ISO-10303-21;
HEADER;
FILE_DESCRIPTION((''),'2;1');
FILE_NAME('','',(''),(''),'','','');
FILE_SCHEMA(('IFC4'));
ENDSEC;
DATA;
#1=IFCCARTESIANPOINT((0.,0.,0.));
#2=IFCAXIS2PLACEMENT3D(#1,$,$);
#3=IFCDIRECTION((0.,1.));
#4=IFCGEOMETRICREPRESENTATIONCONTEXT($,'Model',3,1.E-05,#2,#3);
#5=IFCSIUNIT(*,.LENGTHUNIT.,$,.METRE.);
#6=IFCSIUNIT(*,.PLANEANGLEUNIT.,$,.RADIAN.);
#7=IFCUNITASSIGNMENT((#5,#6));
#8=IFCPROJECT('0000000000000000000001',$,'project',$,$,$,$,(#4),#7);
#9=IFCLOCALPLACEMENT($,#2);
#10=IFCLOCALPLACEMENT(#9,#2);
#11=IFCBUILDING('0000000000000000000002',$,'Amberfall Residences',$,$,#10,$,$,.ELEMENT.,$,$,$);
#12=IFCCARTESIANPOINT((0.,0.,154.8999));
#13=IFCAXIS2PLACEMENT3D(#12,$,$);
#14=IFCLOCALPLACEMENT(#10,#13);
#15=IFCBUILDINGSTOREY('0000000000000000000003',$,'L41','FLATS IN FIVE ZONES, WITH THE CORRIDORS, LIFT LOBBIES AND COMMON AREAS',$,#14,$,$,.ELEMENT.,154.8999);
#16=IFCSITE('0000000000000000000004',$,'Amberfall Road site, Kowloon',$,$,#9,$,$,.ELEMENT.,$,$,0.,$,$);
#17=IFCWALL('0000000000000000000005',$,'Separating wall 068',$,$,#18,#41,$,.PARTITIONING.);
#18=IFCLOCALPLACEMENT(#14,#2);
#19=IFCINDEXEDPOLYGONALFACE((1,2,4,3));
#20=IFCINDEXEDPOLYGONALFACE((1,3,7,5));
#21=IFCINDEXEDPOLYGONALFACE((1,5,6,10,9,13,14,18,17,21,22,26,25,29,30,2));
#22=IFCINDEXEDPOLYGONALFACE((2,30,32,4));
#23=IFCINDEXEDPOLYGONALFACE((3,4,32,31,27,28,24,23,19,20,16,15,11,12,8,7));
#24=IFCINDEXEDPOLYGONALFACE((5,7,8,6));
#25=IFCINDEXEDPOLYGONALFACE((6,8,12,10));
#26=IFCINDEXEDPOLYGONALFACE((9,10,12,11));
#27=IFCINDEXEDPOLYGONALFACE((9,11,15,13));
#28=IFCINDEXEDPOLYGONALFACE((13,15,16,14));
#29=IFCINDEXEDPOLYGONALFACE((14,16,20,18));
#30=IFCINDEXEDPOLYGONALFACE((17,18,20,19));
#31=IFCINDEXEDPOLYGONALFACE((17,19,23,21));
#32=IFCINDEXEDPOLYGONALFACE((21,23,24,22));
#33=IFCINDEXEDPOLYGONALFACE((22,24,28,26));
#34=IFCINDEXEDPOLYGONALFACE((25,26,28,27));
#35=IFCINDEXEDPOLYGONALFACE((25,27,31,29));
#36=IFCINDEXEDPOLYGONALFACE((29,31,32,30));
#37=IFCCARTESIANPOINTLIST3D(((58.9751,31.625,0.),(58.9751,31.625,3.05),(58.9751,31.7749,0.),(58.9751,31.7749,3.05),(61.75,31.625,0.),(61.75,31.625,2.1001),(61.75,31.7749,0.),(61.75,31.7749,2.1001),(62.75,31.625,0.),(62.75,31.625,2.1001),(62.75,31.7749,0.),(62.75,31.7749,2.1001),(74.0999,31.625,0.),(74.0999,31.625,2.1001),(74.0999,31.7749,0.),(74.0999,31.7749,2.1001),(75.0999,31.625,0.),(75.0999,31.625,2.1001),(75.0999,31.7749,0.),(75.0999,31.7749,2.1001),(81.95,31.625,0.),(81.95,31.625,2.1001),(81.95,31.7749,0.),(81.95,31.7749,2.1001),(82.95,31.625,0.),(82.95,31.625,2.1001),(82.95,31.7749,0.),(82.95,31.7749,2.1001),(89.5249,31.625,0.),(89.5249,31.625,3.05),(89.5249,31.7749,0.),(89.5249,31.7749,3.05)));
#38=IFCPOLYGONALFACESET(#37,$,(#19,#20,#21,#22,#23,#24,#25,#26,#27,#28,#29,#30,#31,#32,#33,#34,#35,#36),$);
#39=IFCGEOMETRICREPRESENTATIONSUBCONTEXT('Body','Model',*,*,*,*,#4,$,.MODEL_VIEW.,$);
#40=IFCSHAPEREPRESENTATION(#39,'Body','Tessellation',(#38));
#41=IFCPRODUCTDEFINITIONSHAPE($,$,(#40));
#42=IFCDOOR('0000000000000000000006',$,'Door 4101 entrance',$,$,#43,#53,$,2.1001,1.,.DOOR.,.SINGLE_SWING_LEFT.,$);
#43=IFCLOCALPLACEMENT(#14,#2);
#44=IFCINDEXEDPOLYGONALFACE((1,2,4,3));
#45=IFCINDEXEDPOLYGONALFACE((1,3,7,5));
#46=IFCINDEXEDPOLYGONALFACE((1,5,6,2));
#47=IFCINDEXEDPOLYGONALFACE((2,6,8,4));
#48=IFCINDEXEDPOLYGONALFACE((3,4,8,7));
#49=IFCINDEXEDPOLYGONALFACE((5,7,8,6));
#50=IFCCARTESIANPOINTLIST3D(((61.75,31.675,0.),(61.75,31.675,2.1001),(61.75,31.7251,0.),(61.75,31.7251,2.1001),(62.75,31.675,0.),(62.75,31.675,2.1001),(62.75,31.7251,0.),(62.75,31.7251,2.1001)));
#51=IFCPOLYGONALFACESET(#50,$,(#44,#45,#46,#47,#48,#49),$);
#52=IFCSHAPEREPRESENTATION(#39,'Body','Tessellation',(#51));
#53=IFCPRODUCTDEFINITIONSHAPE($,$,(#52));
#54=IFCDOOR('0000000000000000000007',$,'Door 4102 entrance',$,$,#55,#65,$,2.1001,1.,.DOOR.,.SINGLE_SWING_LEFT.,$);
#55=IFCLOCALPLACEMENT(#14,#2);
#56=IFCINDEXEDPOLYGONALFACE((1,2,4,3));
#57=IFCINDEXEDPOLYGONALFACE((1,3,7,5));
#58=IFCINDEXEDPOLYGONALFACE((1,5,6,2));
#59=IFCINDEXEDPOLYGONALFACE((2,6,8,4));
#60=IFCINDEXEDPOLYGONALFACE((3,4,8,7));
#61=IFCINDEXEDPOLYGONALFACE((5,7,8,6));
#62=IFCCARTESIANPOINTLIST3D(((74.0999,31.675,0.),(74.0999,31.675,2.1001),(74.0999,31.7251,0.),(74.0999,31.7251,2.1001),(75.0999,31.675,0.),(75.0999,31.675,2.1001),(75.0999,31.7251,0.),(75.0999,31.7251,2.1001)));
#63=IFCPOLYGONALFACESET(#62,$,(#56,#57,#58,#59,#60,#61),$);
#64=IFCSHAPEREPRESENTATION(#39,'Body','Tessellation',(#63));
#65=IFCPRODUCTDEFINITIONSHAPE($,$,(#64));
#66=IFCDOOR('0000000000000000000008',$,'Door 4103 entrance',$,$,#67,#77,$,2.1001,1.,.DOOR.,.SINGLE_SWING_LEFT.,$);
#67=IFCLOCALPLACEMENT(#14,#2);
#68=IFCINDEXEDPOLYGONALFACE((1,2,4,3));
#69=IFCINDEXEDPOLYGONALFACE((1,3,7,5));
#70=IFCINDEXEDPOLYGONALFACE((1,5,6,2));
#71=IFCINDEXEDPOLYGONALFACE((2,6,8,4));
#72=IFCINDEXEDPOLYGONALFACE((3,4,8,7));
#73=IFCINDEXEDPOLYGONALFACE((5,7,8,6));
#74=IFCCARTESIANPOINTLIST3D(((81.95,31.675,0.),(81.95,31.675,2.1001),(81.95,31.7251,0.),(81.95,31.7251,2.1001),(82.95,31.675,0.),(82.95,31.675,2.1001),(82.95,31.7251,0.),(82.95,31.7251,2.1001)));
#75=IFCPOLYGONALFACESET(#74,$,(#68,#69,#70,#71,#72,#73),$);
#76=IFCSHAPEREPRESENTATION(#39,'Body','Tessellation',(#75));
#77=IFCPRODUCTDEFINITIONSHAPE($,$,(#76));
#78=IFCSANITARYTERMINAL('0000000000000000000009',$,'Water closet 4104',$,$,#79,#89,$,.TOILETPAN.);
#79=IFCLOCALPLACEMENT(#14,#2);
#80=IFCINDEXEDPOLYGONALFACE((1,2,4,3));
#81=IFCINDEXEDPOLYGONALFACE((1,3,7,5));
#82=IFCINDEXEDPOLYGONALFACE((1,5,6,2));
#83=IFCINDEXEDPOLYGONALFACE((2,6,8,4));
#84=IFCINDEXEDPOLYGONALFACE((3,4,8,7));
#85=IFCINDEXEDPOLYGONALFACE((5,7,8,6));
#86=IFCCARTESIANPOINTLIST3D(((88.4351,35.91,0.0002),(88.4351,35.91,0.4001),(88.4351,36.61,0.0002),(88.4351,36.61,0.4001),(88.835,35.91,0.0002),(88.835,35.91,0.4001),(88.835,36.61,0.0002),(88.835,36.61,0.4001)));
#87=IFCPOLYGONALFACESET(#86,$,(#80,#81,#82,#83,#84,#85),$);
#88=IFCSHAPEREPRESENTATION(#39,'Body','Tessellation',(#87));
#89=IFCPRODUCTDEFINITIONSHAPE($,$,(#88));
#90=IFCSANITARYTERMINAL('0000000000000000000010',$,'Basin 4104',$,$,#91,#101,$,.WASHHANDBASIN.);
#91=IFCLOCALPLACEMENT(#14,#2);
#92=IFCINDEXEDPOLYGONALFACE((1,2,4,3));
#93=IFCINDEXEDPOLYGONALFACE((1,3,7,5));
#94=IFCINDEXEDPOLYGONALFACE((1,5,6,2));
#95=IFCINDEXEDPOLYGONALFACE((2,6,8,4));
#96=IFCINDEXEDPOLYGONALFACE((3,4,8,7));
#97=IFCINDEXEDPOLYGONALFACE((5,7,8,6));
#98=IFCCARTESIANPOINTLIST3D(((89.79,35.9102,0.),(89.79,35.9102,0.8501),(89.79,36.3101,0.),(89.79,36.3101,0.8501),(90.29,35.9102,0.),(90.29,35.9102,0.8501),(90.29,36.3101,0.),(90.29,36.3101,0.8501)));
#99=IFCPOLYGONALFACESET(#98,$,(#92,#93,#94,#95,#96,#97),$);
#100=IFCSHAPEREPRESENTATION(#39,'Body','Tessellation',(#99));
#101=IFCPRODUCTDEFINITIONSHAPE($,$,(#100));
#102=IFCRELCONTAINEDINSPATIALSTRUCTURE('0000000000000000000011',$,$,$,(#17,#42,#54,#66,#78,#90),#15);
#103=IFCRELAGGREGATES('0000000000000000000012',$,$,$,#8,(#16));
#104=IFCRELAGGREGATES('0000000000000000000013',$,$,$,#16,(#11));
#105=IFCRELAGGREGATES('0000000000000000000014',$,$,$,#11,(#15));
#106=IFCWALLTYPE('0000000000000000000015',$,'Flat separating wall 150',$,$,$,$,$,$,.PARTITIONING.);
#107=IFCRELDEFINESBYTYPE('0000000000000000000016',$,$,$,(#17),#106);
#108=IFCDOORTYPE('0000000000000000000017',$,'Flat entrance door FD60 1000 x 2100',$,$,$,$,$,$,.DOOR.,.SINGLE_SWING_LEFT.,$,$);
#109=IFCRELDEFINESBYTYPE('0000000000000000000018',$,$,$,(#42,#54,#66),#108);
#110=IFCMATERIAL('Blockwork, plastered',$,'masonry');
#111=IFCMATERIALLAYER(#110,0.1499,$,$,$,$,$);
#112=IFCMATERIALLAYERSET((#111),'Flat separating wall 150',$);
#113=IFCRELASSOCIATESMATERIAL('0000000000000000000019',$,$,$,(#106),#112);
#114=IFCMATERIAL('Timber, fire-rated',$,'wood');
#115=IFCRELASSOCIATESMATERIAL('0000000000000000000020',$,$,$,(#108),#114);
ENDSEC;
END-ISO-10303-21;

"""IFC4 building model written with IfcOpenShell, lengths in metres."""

from ifc_helpers import new_model, si_unit, direction, frame, frame_2d, origin, origin_2d, place, context, subcontext, project, spatial, rectangle, extrude, material, layer, layer_set, type_object, element, fill, save


model = new_model("IFC4")

# Units and contexts
model_context = context("Model", 3, precision=1e-05, world=origin(), true_north=direction((0.0, 1.0)))
body_context = subcontext(model_context, "Body", "Model", "MODEL_VIEW")
ifc_project = project(units=[si_unit("LENGTHUNIT", "METRE"), si_unit("PLANEANGLEUNIT", "RADIAN")], contexts=[model_context])

# Site, building, storey
site_placement = place(None, origin())
site = spatial("IfcSite", under=ifc_project, at=site_placement, Name="Amberfall Road site, Kowloon", CompositionType="ELEMENT", RefElevation=0.0)
building_placement = place(site_placement, origin())
building = spatial("IfcBuilding", under=site, at=building_placement, Name="Amberfall Residences", CompositionType="ELEMENT")
storey_placement = place(building_placement, frame((0.0, 0.0, 154.8999)))
storey = spatial("IfcBuildingStorey", under=building, at=storey_placement, Name="L41", Description="FLATS IN FIVE ZONES, WITH THE CORRIDORS, LIFT LOBBIES AND COMMON AREAS", CompositionType="ELEMENT", Elevation=154.8999)

# Wall, openings, doors
ifc_material_1 = material(Name="Blockwork, plastered", Category="masonry")
ifc_layer_1 = layer(ifc_material_1, 0.1499)
ifc_layer_set_1 = layer_set([ifc_layer_1], Name="Flat separating wall 150")
wall_type_1 = type_object("IfcWallType", Name="Flat separating wall 150", PredefinedType="PARTITIONING", material=ifc_layer_set_1)
wall_1_placement = place(storey_placement, frame((89.5249, 31.7, 0.0), z_axis=(0.0, 0.0, 1.0), x_axis=(-1.0, 0.0, 0.0)))
wall_1 = element("IfcWall", 1, at=wall_1_placement, inside=storey, type_object=wall_type_1, Name="Separating wall 068", PredefinedType="PARTITIONING", context=body_context, shape_type="SweptSolid", body=[
    extrude(rectangle(XDim=30.5498, YDim=0.1499, at=frame_2d((15.2749, 0.0))), origin(), (0.0, 0.0, 1.0), 3.05),
])
opening_1_placement = place(wall_1_placement, frame((26.7749, 0.0, 0.0)))
opening_1 = element("IfcOpeningElement", 2, at=opening_1_placement, cuts=wall_1, PredefinedType="OPENING", context=body_context, shape_type="SweptSolid", body=[
    extrude(rectangle(XDim=1.0, YDim=2.1001, at=frame_2d((0.5, 1.05))), frame((0.0, 0.085, 0.0), z_axis=(0.0, -1.0, 0.0), x_axis=(1.0, 0.0, 0.0)), (0.0, 0.0, 1.0), 0.1699),
])
opening_2_placement = place(wall_1_placement, frame((14.425, 0.0, 0.0)))
opening_2 = element("IfcOpeningElement", 3, at=opening_2_placement, cuts=wall_1, PredefinedType="OPENING", context=body_context, shape_type="SweptSolid", body=[
    extrude(rectangle(XDim=1.0, YDim=2.1001, at=frame_2d((0.5, 1.05))), frame((0.0, 0.085, 0.0), z_axis=(0.0, -1.0, 0.0), x_axis=(1.0, 0.0, 0.0)), (0.0, 0.0, 1.0), 0.1699),
])
opening_3_placement = place(wall_1_placement, frame((6.575, 0.0, 0.0)))
opening_3 = element("IfcOpeningElement", 4, at=opening_3_placement, cuts=wall_1, PredefinedType="OPENING", context=body_context, shape_type="SweptSolid", body=[
    extrude(rectangle(XDim=1.0, YDim=2.1001, at=frame_2d((0.5, 1.05))), frame((0.0, 0.085, 0.0), z_axis=(0.0, -1.0, 0.0), x_axis=(1.0, 0.0, 0.0)), (0.0, 0.0, 1.0), 0.1699),
])
ifc_material_2 = material(Name="Timber, fire-rated", Category="wood")
door_type_1 = type_object("IfcDoorType", Name="Flat entrance door FD60 1000 x 2100", OperationType="SINGLE_SWING_LEFT", PredefinedType="DOOR", material=ifc_material_2)
door_1_placement = place(opening_1_placement, origin())
door_1 = element("IfcDoor", 5, at=door_1_placement, inside=storey, type_object=door_type_1, Name="Door 4101 entrance", OperationType="SINGLE_SWING_LEFT", OverallHeight=2.1001, OverallWidth=1.0, PredefinedType="DOOR", context=body_context, shape_type="SweptSolid", body=[
    extrude(rectangle(XDim=1.0, YDim=2.1001, at=frame_2d((0.5, 1.05))), frame((0.0, 0.0249, 0.0), z_axis=(0.0, -1.0, 0.0), x_axis=(1.0, 0.0, 0.0)), (0.0, 0.0, 1.0), 0.05),
])
fill(opening_1, door_1)
door_2_placement = place(opening_2_placement, origin())
door_2 = element("IfcDoor", 6, at=door_2_placement, inside=storey, type_object=door_type_1, Name="Door 4102 entrance", OperationType="SINGLE_SWING_LEFT", OverallHeight=2.1001, OverallWidth=1.0, PredefinedType="DOOR", context=body_context, shape_type="SweptSolid", body=[
    extrude(rectangle(XDim=1.0, YDim=2.1001, at=frame_2d((0.5, 1.05))), frame((0.0, 0.0249, 0.0), z_axis=(0.0, -1.0, 0.0), x_axis=(1.0, 0.0, 0.0)), (0.0, 0.0, 1.0), 0.05),
])
fill(opening_2, door_2)
door_3_placement = place(opening_3_placement, origin())
door_3 = element("IfcDoor", 7, at=door_3_placement, inside=storey, type_object=door_type_1, Name="Door 4103 entrance", OperationType="SINGLE_SWING_LEFT", OverallHeight=2.1001, OverallWidth=1.0, PredefinedType="DOOR", context=body_context, shape_type="SweptSolid", body=[
    extrude(rectangle(XDim=1.0, YDim=2.1001, at=frame_2d((0.5, 1.05))), frame((0.0, 0.0249, 0.0), z_axis=(0.0, -1.0, 0.0), x_axis=(1.0, 0.0, 0.0)), (0.0, 0.0, 1.0), 0.05),
])
fill(opening_3, door_3)

# Sanitary terminals
sanitary_terminal_1_placement = place(storey_placement, frame((88.635, 36.26, 0.0002), z_axis=(0.0, 0.0, 1.0), x_axis=(1.0, 0.0, 0.0)))
element("IfcSanitaryTerminal", 8, at=sanitary_terminal_1_placement, inside=storey, Name="Water closet 4104", PredefinedType="TOILETPAN", context=body_context, shape_type="SweptSolid", body=[
    extrude(rectangle(XDim=0.3999, YDim=0.7, at=origin_2d()), origin(), (0.0, 0.0, 1.0), 0.3999),
])
sanitary_terminal_2_placement = place(storey_placement, frame((90.04, 36.1101, 0.0), z_axis=(0.0, 0.0, 1.0), x_axis=(1.0, 0.0, 0.0)))
element("IfcSanitaryTerminal", 9, at=sanitary_terminal_2_placement, inside=storey, Name="Basin 4104", PredefinedType="WASHHANDBASIN", context=body_context, shape_type="SweptSolid", body=[
    extrude(rectangle(XDim=0.5, YDim=0.3999, at=origin_2d()), origin(), (0.0, 0.0, 1.0), 0.8501),
])

save(model, "model.ifc")
